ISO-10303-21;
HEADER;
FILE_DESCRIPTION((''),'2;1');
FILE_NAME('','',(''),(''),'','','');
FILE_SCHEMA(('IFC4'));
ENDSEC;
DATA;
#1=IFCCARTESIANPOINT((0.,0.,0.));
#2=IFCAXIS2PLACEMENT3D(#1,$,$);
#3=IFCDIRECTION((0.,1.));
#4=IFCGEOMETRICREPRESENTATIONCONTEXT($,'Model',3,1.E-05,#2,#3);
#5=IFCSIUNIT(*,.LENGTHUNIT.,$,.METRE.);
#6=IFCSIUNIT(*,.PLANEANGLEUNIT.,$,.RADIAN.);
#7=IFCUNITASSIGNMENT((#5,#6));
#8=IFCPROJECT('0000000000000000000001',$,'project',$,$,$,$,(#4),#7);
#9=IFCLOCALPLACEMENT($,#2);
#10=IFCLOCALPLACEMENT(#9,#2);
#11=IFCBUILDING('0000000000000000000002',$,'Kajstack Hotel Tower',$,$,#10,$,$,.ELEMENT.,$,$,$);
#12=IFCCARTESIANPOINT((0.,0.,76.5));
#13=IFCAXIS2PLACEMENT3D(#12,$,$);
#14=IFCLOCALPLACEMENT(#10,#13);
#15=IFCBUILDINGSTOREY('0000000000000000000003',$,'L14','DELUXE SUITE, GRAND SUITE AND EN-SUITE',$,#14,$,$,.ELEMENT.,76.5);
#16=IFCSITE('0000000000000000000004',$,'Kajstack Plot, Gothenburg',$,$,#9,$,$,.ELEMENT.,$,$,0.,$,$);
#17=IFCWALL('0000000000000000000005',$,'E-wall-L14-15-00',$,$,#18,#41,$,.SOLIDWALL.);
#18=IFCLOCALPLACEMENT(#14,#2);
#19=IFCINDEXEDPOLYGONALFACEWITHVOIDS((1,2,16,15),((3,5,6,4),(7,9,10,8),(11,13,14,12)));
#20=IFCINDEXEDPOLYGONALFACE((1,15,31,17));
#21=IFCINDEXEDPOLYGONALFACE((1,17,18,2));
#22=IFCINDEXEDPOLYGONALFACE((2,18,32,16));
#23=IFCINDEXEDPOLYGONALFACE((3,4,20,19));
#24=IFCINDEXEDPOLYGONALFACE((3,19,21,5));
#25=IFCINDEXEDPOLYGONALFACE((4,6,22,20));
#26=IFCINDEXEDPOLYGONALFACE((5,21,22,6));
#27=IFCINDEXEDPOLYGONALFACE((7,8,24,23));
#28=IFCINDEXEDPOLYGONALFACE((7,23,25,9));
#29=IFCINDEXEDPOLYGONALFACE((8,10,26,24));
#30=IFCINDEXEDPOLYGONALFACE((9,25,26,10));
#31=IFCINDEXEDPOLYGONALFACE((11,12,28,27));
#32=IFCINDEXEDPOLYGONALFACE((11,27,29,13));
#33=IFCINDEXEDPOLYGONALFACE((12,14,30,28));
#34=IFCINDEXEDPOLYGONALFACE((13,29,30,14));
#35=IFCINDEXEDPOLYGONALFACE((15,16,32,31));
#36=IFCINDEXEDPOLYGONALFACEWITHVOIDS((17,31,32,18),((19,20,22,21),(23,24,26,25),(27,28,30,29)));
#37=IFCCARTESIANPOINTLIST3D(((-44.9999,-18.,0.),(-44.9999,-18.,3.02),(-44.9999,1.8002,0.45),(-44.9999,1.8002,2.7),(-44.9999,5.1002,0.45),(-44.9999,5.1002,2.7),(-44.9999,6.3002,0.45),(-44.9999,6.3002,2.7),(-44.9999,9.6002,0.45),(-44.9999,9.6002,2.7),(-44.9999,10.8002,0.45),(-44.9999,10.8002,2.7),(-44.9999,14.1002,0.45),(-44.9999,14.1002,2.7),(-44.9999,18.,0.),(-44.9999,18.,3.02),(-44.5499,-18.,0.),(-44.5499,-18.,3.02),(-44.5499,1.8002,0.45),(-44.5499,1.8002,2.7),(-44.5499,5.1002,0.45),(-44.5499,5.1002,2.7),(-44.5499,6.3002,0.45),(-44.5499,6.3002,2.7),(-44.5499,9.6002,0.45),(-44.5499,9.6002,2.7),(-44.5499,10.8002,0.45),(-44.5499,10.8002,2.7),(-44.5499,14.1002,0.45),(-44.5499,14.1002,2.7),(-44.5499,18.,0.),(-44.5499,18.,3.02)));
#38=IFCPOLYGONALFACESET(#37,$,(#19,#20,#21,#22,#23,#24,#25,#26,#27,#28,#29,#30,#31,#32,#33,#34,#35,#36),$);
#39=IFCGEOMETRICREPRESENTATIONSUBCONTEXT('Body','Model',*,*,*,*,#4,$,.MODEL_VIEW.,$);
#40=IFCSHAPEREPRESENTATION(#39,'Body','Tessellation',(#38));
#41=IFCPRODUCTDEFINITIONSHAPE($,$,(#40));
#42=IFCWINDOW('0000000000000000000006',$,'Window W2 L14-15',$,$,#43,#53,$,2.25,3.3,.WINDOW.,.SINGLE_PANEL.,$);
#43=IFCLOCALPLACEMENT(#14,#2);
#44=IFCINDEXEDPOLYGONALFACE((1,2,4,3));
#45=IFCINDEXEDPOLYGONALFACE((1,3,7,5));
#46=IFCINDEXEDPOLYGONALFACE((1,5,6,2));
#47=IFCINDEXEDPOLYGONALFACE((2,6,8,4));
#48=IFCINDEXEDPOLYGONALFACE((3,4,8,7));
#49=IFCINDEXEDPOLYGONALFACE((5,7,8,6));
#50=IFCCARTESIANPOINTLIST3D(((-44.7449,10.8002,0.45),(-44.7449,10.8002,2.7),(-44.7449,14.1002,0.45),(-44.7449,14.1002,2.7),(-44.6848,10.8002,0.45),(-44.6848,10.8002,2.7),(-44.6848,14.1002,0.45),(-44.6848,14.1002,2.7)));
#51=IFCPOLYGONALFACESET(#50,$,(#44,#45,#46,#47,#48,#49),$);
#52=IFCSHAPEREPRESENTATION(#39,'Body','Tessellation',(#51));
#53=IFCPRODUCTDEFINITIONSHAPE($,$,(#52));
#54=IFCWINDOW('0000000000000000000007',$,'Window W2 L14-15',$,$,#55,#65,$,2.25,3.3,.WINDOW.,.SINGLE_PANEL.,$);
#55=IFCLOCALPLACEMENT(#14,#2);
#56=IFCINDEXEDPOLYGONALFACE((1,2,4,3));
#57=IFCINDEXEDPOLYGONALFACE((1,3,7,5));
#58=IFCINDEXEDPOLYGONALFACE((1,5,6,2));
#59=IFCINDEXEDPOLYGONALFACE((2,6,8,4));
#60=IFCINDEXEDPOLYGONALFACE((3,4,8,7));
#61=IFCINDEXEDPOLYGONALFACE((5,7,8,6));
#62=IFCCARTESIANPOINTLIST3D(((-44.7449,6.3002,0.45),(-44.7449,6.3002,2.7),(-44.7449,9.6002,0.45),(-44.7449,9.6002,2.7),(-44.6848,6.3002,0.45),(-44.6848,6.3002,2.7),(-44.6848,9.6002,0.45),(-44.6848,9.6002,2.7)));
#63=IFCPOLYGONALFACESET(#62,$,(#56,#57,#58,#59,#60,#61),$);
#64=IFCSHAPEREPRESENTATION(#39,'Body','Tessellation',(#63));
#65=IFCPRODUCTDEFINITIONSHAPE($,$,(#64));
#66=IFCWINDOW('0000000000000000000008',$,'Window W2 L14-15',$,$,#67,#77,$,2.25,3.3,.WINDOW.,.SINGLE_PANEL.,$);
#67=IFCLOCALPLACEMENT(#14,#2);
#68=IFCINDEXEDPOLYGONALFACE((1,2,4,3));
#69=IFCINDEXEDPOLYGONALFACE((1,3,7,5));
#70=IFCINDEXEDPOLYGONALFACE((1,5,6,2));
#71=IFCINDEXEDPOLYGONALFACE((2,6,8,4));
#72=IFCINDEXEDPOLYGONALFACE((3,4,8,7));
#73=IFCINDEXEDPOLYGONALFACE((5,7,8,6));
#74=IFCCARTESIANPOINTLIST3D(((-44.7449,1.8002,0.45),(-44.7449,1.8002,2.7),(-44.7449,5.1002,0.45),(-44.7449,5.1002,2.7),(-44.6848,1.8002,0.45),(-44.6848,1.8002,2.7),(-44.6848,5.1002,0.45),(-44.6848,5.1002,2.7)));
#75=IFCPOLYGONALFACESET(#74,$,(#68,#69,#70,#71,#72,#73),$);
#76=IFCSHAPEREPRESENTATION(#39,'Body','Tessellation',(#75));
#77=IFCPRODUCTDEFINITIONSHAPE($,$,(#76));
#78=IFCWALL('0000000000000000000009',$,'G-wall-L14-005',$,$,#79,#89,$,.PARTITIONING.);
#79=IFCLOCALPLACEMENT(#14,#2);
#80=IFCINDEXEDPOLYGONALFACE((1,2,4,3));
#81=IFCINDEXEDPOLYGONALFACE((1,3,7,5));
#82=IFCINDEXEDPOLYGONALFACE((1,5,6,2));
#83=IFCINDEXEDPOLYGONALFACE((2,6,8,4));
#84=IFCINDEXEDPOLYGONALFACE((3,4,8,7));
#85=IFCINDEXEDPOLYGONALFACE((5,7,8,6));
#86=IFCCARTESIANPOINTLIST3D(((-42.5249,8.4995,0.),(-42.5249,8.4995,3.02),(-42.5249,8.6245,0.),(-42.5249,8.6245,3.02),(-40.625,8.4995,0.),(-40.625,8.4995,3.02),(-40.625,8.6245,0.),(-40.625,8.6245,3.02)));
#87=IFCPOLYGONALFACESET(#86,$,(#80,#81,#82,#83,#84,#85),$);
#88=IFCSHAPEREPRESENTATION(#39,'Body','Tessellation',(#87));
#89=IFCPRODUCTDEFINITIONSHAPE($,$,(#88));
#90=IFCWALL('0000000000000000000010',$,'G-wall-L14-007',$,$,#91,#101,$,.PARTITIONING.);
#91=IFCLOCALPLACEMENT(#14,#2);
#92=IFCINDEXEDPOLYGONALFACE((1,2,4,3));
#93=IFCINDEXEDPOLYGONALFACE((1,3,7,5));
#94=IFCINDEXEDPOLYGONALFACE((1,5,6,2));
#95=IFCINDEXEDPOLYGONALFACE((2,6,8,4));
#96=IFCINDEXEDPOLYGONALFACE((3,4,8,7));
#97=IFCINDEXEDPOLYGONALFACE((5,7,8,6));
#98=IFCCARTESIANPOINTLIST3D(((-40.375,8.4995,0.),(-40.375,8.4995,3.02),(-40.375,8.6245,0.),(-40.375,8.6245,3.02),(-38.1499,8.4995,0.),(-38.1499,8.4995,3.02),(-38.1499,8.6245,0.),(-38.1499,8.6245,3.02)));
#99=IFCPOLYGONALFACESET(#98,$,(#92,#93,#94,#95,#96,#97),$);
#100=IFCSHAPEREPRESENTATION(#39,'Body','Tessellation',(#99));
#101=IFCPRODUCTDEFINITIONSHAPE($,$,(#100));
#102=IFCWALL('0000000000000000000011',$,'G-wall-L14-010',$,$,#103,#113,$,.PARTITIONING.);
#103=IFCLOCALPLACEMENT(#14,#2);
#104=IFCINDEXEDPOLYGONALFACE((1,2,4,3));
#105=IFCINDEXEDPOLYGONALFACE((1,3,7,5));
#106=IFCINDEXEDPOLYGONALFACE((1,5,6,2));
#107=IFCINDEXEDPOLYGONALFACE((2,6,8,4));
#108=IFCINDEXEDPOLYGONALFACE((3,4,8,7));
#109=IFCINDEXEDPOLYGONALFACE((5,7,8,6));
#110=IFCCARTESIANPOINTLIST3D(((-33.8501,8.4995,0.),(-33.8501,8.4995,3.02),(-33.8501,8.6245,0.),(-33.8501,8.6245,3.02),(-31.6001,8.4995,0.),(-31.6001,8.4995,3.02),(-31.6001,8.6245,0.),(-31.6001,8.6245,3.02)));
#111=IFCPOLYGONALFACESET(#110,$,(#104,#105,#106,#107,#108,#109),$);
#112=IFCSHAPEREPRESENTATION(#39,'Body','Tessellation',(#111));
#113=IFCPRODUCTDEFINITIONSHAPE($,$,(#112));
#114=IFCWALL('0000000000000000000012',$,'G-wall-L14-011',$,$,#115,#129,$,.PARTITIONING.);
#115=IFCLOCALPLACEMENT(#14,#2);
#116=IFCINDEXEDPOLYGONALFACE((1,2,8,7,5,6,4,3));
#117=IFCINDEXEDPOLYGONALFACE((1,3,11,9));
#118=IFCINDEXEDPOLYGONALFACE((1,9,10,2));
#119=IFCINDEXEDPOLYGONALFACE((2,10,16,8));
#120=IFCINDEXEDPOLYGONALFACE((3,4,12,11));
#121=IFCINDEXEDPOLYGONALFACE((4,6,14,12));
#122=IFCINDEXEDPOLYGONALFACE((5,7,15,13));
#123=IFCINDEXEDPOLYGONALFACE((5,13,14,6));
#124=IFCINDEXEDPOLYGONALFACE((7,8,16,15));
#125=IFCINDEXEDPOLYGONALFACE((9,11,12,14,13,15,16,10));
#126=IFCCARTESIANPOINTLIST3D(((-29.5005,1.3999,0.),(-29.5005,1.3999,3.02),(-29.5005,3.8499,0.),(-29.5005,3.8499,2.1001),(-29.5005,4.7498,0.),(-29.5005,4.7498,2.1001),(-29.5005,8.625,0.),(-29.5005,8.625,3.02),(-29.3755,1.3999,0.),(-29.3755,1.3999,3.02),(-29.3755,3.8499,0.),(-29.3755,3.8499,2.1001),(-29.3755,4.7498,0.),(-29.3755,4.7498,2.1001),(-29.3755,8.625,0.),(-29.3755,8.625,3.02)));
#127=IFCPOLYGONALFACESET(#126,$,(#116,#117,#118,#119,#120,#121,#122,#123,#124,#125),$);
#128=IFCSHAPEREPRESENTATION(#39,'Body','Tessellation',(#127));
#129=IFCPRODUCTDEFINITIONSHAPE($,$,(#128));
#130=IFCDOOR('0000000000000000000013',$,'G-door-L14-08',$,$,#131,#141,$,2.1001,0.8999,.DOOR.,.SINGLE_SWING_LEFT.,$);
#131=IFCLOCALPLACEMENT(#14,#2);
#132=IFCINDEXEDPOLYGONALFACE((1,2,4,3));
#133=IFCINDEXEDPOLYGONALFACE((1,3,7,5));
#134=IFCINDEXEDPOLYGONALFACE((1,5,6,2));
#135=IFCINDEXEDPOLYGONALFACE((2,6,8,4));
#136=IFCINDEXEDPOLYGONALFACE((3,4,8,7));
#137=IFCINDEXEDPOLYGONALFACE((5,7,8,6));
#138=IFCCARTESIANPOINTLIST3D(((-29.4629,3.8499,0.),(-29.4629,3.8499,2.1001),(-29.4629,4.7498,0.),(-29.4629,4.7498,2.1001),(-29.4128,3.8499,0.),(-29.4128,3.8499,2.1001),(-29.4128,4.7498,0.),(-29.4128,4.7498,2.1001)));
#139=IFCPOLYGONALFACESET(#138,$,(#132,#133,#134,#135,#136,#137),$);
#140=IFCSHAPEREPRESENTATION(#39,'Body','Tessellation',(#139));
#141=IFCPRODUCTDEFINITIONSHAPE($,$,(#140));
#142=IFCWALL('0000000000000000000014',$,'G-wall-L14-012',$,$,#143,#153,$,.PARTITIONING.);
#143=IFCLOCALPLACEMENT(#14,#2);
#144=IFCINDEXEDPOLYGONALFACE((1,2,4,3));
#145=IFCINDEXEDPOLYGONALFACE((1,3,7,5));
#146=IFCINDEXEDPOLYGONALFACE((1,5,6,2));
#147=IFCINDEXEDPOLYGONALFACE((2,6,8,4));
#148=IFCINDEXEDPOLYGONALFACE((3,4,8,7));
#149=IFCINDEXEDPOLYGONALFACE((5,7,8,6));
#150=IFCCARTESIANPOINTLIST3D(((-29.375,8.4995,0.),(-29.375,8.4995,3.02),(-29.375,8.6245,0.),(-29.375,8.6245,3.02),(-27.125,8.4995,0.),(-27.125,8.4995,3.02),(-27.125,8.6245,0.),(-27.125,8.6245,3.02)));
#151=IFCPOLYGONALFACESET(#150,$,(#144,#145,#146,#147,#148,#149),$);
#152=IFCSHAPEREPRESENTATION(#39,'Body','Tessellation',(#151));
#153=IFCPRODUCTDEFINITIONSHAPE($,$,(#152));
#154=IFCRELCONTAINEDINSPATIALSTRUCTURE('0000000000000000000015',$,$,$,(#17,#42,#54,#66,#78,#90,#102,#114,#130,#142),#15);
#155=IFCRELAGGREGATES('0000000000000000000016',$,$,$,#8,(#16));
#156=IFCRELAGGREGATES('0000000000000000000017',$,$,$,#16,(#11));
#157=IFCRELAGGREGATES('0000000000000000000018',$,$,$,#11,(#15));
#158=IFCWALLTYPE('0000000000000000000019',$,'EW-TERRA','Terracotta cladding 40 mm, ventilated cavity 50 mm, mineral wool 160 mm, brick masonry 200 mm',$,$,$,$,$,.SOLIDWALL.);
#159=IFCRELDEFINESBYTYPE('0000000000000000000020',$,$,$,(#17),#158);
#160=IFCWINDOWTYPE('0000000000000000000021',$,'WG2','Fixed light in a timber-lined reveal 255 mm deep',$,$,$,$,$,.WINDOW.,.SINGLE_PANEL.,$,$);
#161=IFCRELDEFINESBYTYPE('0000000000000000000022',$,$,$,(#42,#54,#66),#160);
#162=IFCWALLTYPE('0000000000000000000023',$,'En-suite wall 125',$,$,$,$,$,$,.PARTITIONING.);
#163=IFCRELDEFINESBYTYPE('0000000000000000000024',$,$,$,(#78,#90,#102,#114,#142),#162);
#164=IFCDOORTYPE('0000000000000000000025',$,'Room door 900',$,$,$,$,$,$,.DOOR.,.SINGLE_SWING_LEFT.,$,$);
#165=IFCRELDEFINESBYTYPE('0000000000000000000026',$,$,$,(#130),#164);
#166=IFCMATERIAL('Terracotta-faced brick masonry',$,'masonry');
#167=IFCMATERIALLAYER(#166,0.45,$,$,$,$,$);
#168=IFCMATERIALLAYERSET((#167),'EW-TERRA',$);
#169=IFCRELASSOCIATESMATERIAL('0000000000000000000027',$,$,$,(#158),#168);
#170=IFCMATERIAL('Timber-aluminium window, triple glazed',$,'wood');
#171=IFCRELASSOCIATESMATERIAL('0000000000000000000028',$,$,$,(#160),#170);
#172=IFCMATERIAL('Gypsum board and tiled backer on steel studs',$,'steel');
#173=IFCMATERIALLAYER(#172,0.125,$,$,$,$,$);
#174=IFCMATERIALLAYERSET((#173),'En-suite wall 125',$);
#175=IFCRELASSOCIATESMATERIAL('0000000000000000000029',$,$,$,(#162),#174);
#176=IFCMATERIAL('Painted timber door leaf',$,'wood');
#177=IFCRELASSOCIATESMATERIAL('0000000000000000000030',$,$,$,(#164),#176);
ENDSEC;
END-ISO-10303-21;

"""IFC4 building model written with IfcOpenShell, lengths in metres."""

from ifc_helpers import new_model, si_unit, direction, frame, frame_2d, origin, place, context, subcontext, project, spatial, rectangle, extrude, material, layer, layer_set, type_object, element, fill, save


model = new_model("IFC4")

# Units and contexts
model_context = context("Model", 3, precision=1e-05, world=origin(), true_north=direction((0.0, 1.0)))
body_context = subcontext(model_context, "Body", "Model", "MODEL_VIEW")
ifc_project = project(units=[si_unit("LENGTHUNIT", "METRE"), si_unit("PLANEANGLEUNIT", "RADIAN")], contexts=[model_context])

# Site, building, storey
site_placement = place(None, origin())
site = spatial("IfcSite", under=ifc_project, at=site_placement, Name="Kajstack Plot, Gothenburg", CompositionType="ELEMENT", RefElevation=0.0)
building_placement = place(site_placement, origin())
building = spatial("IfcBuilding", under=site, at=building_placement, Name="Kajstack Hotel Tower", CompositionType="ELEMENT")
storey_placement = place(building_placement, frame((0.0, 0.0, 76.5)))
storey = spatial("IfcBuildingStorey", under=building, at=storey_placement, Name="L14", Description="DELUXE SUITE, GRAND SUITE AND EN-SUITE", CompositionType="ELEMENT", Elevation=76.5)

# Shared definitions
ifc_material_1 = material(Name="Terracotta-faced brick masonry", Category="masonry")
ifc_layer_1 = layer(ifc_material_1, 0.45)
ifc_layer_set_1 = layer_set([ifc_layer_1], Name="EW-TERRA")
wall_type_1 = type_object("IfcWallType", Name="EW-TERRA", Description="Terracotta cladding 40 mm, ventilated cavity 50 mm, mineral wool 160 mm, brick masonry 200 mm", PredefinedType="SOLIDWALL", material=ifc_layer_set_1)
ifc_material_2 = material(Name="Timber-aluminium window, triple glazed", Category="wood")

# Wall, openings, windows
wall_1_placement = place(storey_placement, frame((-44.7749, 18.0, 0.0), z_axis=(0.0, 0.0, 1.0), x_axis=(0.0, -1.0, 0.0)))
wall_1 = element("IfcWall", 1, at=wall_1_placement, inside=storey, type_object=wall_type_1, Name="E-wall-L14-15-00", PredefinedType="SOLIDWALL", context=body_context, shape_type="SweptSolid", body=[
    extrude(rectangle(XDim=36.0, YDim=0.45, at=frame_2d((18.0, 0.0))), origin(), (0.0, 0.0, 1.0), 3.02),
])
opening_1_placement = place(wall_1_placement, frame((3.8999, 0.0, 0.45)))
opening_1 = element("IfcOpeningElement", 2, at=opening_1_placement, cuts=wall_1, PredefinedType="OPENING", context=body_context, shape_type="SweptSolid", body=[
    extrude(rectangle(XDim=3.3, YDim=2.25, at=frame_2d((1.6499, 1.125))), frame((0.0, 0.2349, 0.0), z_axis=(0.0, -1.0, 0.0), x_axis=(1.0, 0.0, 0.0)), (0.0, 0.0, 1.0), 0.47),
])
opening_2_placement = place(wall_1_placement, frame((8.3999, 0.0, 0.45)))
opening_2 = element("IfcOpeningElement", 3, at=opening_2_placement, cuts=wall_1, PredefinedType="OPENING", context=body_context, shape_type="SweptSolid", body=[
    extrude(rectangle(XDim=3.3, YDim=2.25, at=frame_2d((1.6499, 1.125))), frame((0.0, 0.2349, 0.0), z_axis=(0.0, -1.0, 0.0), x_axis=(1.0, 0.0, 0.0)), (0.0, 0.0, 1.0), 0.47),
])
opening_3_placement = place(wall_1_placement, frame((12.8999, 0.0, 0.45)))
opening_3 = element("IfcOpeningElement", 4, at=opening_3_placement, cuts=wall_1, PredefinedType="OPENING", context=body_context, shape_type="SweptSolid", body=[
    extrude(rectangle(XDim=3.3, YDim=2.25, at=frame_2d((1.6499, 1.125))), frame((0.0, 0.2349, 0.0), z_axis=(0.0, -1.0, 0.0), x_axis=(1.0, 0.0, 0.0)), (0.0, 0.0, 1.0), 0.47),
])
window_type_1 = type_object("IfcWindowType", Name="WG2", Description="Fixed light in a timber-lined reveal 255 mm deep", PartitioningType="SINGLE_PANEL", PredefinedType="WINDOW", material=ifc_material_2)
window_1_placement = place(opening_1_placement, origin())
window_1 = element("IfcWindow", 5, at=window_1_placement, inside=storey, type_object=window_type_1, Name="Window W2 L14-15", OverallHeight=2.25, OverallWidth=3.3, PartitioningType="SINGLE_PANEL", PredefinedType="WINDOW", context=body_context, shape_type="SweptSolid", body=[
    extrude(rectangle(XDim=3.3, YDim=2.25, at=frame_2d((1.6499, 1.125))), frame((0.0, 0.0901, 0.0), z_axis=(0.0, -1.0, 0.0), x_axis=(1.0, 0.0, 0.0)), (0.0, 0.0, 1.0), 0.0601),
])
fill(opening_1, window_1)
window_2_placement = place(opening_2_placement, origin())
window_2 = element("IfcWindow", 6, at=window_2_placement, inside=storey, type_object=window_type_1, Name="Window W2 L14-15", OverallHeight=2.25, OverallWidth=3.3, PartitioningType="SINGLE_PANEL", PredefinedType="WINDOW", context=body_context, shape_type="SweptSolid", body=[
    extrude(rectangle(XDim=3.3, YDim=2.25, at=frame_2d((1.6499, 1.125))), frame((0.0, 0.0901, 0.0), z_axis=(0.0, -1.0, 0.0), x_axis=(1.0, 0.0, 0.0)), (0.0, 0.0, 1.0), 0.0601),
])
fill(opening_2, window_2)
window_3_placement = place(opening_3_placement, origin())
window_3 = element("IfcWindow", 7, at=window_3_placement, inside=storey, type_object=window_type_1, Name="Window W2 L14-15", OverallHeight=2.25, OverallWidth=3.3, PartitioningType="SINGLE_PANEL", PredefinedType="WINDOW", context=body_context, shape_type="SweptSolid", body=[
    extrude(rectangle(XDim=3.3, YDim=2.25, at=frame_2d((1.6499, 1.125))), frame((0.0, 0.0901, 0.0), z_axis=(0.0, -1.0, 0.0), x_axis=(1.0, 0.0, 0.0)), (0.0, 0.0, 1.0), 0.0601),
])
fill(opening_3, window_3)

# Walls
ifc_material_3 = material(Name="Gypsum board and tiled backer on steel studs", Category="steel")
ifc_layer_2 = layer(ifc_material_3, 0.125)
ifc_layer_set_2 = layer_set([ifc_layer_2], Name="En-suite wall 125")
wall_type_2 = type_object("IfcWallType", Name="En-suite wall 125", PredefinedType="PARTITIONING", material=ifc_layer_set_2)
wall_2_placement = place(storey_placement, frame((-42.5249, 8.562, 0.0), z_axis=(0.0, 0.0, 1.0), x_axis=(1.0, 0.0, 0.0)))
element("IfcWall", 8, at=wall_2_placement, inside=storey, type_object=wall_type_2, Name="G-wall-L14-005", PredefinedType="PARTITIONING", context=body_context, shape_type="SweptSolid", body=[
    extrude(rectangle(XDim=1.8999, YDim=0.125, at=frame_2d((0.95, 0.0))), origin(), (0.0, 0.0, 1.0), 3.02),
])
wall_3_placement = place(storey_placement, frame((-40.375, 8.562, 0.0), z_axis=(0.0, 0.0, 1.0), x_axis=(1.0, 0.0, 0.0)))
element("IfcWall", 9, at=wall_3_placement, inside=storey, type_object=wall_type_2, Name="G-wall-L14-007", PredefinedType="PARTITIONING", context=body_context, shape_type="SweptSolid", body=[
    extrude(rectangle(XDim=2.2251, YDim=0.125, at=frame_2d((1.1125, 0.0))), origin(), (0.0, 0.0, 1.0), 3.02),
])
wall_4_placement = place(storey_placement, frame((-33.8501, 8.562, 0.0), z_axis=(0.0, 0.0, 1.0), x_axis=(1.0, 0.0, 0.0)))
element("IfcWall", 10, at=wall_4_placement, inside=storey, type_object=wall_type_2, Name="G-wall-L14-010", PredefinedType="PARTITIONING", context=body_context, shape_type="SweptSolid", body=[
    extrude(rectangle(XDim=2.25, YDim=0.125, at=frame_2d((1.125, 0.0))), origin(), (0.0, 0.0, 1.0), 3.02),
])

# Wall, opening, door
wall_5_placement = place(storey_placement, frame((-29.438, 1.3999, 0.0), z_axis=(0.0, 0.0, 1.0), x_axis=(0.0, 1.0, 0.0)))
wall_5 = element("IfcWall", 11, at=wall_5_placement, inside=storey, type_object=wall_type_2, Name="G-wall-L14-011", PredefinedType="PARTITIONING", context=body_context, shape_type="SweptSolid", body=[
    extrude(rectangle(XDim=7.2251, YDim=0.125, at=frame_2d((3.6125, 0.0))), origin(), (0.0, 0.0, 1.0), 3.02),
])
opening_4_placement = place(wall_5_placement, frame((2.45, 0.0, 0.0)))
opening_4 = element("IfcOpeningElement", 12, at=opening_4_placement, cuts=wall_5, PredefinedType="OPENING", context=body_context, shape_type="SweptSolid", body=[
    extrude(rectangle(XDim=0.8999, YDim=2.1001, at=frame_2d((0.45, 1.05))), frame((0.0, 0.0725, 0.0), z_axis=(0.0, -1.0, 0.0), x_axis=(1.0, 0.0, 0.0)), (0.0, 0.0, 1.0), 0.145),
])
ifc_material_4 = material(Name="Painted timber door leaf", Category="wood")
door_type = type_object("IfcDoorType", Name="Room door 900", OperationType="SINGLE_SWING_LEFT", PredefinedType="DOOR", material=ifc_material_4)
door_placement = place(opening_4_placement, origin())
door = element("IfcDoor", 13, at=door_placement, inside=storey, type_object=door_type, Name="G-door-L14-08", OperationType="SINGLE_SWING_LEFT", OverallHeight=2.1001, OverallWidth=0.8999, PredefinedType="DOOR", context=body_context, shape_type="SweptSolid", body=[
    extrude(rectangle(XDim=0.8999, YDim=2.1001, at=frame_2d((0.45, 1.05))), frame((0.0, 0.0249, 0.0), z_axis=(0.0, -1.0, 0.0), x_axis=(1.0, 0.0, 0.0)), (0.0, 0.0, 1.0), 0.05),
])
fill(opening_4, door)

# Wall
wall_6_placement = place(storey_placement, frame((-29.375, 8.562, 0.0), z_axis=(0.0, 0.0, 1.0), x_axis=(1.0, 0.0, 0.0)))
element("IfcWall", 14, at=wall_6_placement, inside=storey, type_object=wall_type_2, Name="G-wall-L14-012", PredefinedType="PARTITIONING", context=body_context, shape_type="SweptSolid", body=[
    extrude(rectangle(XDim=2.25, YDim=0.125, at=frame_2d((1.125, 0.0))), origin(), (0.0, 0.0, 1.0), 3.02),
])

save(model, "model.ifc")
